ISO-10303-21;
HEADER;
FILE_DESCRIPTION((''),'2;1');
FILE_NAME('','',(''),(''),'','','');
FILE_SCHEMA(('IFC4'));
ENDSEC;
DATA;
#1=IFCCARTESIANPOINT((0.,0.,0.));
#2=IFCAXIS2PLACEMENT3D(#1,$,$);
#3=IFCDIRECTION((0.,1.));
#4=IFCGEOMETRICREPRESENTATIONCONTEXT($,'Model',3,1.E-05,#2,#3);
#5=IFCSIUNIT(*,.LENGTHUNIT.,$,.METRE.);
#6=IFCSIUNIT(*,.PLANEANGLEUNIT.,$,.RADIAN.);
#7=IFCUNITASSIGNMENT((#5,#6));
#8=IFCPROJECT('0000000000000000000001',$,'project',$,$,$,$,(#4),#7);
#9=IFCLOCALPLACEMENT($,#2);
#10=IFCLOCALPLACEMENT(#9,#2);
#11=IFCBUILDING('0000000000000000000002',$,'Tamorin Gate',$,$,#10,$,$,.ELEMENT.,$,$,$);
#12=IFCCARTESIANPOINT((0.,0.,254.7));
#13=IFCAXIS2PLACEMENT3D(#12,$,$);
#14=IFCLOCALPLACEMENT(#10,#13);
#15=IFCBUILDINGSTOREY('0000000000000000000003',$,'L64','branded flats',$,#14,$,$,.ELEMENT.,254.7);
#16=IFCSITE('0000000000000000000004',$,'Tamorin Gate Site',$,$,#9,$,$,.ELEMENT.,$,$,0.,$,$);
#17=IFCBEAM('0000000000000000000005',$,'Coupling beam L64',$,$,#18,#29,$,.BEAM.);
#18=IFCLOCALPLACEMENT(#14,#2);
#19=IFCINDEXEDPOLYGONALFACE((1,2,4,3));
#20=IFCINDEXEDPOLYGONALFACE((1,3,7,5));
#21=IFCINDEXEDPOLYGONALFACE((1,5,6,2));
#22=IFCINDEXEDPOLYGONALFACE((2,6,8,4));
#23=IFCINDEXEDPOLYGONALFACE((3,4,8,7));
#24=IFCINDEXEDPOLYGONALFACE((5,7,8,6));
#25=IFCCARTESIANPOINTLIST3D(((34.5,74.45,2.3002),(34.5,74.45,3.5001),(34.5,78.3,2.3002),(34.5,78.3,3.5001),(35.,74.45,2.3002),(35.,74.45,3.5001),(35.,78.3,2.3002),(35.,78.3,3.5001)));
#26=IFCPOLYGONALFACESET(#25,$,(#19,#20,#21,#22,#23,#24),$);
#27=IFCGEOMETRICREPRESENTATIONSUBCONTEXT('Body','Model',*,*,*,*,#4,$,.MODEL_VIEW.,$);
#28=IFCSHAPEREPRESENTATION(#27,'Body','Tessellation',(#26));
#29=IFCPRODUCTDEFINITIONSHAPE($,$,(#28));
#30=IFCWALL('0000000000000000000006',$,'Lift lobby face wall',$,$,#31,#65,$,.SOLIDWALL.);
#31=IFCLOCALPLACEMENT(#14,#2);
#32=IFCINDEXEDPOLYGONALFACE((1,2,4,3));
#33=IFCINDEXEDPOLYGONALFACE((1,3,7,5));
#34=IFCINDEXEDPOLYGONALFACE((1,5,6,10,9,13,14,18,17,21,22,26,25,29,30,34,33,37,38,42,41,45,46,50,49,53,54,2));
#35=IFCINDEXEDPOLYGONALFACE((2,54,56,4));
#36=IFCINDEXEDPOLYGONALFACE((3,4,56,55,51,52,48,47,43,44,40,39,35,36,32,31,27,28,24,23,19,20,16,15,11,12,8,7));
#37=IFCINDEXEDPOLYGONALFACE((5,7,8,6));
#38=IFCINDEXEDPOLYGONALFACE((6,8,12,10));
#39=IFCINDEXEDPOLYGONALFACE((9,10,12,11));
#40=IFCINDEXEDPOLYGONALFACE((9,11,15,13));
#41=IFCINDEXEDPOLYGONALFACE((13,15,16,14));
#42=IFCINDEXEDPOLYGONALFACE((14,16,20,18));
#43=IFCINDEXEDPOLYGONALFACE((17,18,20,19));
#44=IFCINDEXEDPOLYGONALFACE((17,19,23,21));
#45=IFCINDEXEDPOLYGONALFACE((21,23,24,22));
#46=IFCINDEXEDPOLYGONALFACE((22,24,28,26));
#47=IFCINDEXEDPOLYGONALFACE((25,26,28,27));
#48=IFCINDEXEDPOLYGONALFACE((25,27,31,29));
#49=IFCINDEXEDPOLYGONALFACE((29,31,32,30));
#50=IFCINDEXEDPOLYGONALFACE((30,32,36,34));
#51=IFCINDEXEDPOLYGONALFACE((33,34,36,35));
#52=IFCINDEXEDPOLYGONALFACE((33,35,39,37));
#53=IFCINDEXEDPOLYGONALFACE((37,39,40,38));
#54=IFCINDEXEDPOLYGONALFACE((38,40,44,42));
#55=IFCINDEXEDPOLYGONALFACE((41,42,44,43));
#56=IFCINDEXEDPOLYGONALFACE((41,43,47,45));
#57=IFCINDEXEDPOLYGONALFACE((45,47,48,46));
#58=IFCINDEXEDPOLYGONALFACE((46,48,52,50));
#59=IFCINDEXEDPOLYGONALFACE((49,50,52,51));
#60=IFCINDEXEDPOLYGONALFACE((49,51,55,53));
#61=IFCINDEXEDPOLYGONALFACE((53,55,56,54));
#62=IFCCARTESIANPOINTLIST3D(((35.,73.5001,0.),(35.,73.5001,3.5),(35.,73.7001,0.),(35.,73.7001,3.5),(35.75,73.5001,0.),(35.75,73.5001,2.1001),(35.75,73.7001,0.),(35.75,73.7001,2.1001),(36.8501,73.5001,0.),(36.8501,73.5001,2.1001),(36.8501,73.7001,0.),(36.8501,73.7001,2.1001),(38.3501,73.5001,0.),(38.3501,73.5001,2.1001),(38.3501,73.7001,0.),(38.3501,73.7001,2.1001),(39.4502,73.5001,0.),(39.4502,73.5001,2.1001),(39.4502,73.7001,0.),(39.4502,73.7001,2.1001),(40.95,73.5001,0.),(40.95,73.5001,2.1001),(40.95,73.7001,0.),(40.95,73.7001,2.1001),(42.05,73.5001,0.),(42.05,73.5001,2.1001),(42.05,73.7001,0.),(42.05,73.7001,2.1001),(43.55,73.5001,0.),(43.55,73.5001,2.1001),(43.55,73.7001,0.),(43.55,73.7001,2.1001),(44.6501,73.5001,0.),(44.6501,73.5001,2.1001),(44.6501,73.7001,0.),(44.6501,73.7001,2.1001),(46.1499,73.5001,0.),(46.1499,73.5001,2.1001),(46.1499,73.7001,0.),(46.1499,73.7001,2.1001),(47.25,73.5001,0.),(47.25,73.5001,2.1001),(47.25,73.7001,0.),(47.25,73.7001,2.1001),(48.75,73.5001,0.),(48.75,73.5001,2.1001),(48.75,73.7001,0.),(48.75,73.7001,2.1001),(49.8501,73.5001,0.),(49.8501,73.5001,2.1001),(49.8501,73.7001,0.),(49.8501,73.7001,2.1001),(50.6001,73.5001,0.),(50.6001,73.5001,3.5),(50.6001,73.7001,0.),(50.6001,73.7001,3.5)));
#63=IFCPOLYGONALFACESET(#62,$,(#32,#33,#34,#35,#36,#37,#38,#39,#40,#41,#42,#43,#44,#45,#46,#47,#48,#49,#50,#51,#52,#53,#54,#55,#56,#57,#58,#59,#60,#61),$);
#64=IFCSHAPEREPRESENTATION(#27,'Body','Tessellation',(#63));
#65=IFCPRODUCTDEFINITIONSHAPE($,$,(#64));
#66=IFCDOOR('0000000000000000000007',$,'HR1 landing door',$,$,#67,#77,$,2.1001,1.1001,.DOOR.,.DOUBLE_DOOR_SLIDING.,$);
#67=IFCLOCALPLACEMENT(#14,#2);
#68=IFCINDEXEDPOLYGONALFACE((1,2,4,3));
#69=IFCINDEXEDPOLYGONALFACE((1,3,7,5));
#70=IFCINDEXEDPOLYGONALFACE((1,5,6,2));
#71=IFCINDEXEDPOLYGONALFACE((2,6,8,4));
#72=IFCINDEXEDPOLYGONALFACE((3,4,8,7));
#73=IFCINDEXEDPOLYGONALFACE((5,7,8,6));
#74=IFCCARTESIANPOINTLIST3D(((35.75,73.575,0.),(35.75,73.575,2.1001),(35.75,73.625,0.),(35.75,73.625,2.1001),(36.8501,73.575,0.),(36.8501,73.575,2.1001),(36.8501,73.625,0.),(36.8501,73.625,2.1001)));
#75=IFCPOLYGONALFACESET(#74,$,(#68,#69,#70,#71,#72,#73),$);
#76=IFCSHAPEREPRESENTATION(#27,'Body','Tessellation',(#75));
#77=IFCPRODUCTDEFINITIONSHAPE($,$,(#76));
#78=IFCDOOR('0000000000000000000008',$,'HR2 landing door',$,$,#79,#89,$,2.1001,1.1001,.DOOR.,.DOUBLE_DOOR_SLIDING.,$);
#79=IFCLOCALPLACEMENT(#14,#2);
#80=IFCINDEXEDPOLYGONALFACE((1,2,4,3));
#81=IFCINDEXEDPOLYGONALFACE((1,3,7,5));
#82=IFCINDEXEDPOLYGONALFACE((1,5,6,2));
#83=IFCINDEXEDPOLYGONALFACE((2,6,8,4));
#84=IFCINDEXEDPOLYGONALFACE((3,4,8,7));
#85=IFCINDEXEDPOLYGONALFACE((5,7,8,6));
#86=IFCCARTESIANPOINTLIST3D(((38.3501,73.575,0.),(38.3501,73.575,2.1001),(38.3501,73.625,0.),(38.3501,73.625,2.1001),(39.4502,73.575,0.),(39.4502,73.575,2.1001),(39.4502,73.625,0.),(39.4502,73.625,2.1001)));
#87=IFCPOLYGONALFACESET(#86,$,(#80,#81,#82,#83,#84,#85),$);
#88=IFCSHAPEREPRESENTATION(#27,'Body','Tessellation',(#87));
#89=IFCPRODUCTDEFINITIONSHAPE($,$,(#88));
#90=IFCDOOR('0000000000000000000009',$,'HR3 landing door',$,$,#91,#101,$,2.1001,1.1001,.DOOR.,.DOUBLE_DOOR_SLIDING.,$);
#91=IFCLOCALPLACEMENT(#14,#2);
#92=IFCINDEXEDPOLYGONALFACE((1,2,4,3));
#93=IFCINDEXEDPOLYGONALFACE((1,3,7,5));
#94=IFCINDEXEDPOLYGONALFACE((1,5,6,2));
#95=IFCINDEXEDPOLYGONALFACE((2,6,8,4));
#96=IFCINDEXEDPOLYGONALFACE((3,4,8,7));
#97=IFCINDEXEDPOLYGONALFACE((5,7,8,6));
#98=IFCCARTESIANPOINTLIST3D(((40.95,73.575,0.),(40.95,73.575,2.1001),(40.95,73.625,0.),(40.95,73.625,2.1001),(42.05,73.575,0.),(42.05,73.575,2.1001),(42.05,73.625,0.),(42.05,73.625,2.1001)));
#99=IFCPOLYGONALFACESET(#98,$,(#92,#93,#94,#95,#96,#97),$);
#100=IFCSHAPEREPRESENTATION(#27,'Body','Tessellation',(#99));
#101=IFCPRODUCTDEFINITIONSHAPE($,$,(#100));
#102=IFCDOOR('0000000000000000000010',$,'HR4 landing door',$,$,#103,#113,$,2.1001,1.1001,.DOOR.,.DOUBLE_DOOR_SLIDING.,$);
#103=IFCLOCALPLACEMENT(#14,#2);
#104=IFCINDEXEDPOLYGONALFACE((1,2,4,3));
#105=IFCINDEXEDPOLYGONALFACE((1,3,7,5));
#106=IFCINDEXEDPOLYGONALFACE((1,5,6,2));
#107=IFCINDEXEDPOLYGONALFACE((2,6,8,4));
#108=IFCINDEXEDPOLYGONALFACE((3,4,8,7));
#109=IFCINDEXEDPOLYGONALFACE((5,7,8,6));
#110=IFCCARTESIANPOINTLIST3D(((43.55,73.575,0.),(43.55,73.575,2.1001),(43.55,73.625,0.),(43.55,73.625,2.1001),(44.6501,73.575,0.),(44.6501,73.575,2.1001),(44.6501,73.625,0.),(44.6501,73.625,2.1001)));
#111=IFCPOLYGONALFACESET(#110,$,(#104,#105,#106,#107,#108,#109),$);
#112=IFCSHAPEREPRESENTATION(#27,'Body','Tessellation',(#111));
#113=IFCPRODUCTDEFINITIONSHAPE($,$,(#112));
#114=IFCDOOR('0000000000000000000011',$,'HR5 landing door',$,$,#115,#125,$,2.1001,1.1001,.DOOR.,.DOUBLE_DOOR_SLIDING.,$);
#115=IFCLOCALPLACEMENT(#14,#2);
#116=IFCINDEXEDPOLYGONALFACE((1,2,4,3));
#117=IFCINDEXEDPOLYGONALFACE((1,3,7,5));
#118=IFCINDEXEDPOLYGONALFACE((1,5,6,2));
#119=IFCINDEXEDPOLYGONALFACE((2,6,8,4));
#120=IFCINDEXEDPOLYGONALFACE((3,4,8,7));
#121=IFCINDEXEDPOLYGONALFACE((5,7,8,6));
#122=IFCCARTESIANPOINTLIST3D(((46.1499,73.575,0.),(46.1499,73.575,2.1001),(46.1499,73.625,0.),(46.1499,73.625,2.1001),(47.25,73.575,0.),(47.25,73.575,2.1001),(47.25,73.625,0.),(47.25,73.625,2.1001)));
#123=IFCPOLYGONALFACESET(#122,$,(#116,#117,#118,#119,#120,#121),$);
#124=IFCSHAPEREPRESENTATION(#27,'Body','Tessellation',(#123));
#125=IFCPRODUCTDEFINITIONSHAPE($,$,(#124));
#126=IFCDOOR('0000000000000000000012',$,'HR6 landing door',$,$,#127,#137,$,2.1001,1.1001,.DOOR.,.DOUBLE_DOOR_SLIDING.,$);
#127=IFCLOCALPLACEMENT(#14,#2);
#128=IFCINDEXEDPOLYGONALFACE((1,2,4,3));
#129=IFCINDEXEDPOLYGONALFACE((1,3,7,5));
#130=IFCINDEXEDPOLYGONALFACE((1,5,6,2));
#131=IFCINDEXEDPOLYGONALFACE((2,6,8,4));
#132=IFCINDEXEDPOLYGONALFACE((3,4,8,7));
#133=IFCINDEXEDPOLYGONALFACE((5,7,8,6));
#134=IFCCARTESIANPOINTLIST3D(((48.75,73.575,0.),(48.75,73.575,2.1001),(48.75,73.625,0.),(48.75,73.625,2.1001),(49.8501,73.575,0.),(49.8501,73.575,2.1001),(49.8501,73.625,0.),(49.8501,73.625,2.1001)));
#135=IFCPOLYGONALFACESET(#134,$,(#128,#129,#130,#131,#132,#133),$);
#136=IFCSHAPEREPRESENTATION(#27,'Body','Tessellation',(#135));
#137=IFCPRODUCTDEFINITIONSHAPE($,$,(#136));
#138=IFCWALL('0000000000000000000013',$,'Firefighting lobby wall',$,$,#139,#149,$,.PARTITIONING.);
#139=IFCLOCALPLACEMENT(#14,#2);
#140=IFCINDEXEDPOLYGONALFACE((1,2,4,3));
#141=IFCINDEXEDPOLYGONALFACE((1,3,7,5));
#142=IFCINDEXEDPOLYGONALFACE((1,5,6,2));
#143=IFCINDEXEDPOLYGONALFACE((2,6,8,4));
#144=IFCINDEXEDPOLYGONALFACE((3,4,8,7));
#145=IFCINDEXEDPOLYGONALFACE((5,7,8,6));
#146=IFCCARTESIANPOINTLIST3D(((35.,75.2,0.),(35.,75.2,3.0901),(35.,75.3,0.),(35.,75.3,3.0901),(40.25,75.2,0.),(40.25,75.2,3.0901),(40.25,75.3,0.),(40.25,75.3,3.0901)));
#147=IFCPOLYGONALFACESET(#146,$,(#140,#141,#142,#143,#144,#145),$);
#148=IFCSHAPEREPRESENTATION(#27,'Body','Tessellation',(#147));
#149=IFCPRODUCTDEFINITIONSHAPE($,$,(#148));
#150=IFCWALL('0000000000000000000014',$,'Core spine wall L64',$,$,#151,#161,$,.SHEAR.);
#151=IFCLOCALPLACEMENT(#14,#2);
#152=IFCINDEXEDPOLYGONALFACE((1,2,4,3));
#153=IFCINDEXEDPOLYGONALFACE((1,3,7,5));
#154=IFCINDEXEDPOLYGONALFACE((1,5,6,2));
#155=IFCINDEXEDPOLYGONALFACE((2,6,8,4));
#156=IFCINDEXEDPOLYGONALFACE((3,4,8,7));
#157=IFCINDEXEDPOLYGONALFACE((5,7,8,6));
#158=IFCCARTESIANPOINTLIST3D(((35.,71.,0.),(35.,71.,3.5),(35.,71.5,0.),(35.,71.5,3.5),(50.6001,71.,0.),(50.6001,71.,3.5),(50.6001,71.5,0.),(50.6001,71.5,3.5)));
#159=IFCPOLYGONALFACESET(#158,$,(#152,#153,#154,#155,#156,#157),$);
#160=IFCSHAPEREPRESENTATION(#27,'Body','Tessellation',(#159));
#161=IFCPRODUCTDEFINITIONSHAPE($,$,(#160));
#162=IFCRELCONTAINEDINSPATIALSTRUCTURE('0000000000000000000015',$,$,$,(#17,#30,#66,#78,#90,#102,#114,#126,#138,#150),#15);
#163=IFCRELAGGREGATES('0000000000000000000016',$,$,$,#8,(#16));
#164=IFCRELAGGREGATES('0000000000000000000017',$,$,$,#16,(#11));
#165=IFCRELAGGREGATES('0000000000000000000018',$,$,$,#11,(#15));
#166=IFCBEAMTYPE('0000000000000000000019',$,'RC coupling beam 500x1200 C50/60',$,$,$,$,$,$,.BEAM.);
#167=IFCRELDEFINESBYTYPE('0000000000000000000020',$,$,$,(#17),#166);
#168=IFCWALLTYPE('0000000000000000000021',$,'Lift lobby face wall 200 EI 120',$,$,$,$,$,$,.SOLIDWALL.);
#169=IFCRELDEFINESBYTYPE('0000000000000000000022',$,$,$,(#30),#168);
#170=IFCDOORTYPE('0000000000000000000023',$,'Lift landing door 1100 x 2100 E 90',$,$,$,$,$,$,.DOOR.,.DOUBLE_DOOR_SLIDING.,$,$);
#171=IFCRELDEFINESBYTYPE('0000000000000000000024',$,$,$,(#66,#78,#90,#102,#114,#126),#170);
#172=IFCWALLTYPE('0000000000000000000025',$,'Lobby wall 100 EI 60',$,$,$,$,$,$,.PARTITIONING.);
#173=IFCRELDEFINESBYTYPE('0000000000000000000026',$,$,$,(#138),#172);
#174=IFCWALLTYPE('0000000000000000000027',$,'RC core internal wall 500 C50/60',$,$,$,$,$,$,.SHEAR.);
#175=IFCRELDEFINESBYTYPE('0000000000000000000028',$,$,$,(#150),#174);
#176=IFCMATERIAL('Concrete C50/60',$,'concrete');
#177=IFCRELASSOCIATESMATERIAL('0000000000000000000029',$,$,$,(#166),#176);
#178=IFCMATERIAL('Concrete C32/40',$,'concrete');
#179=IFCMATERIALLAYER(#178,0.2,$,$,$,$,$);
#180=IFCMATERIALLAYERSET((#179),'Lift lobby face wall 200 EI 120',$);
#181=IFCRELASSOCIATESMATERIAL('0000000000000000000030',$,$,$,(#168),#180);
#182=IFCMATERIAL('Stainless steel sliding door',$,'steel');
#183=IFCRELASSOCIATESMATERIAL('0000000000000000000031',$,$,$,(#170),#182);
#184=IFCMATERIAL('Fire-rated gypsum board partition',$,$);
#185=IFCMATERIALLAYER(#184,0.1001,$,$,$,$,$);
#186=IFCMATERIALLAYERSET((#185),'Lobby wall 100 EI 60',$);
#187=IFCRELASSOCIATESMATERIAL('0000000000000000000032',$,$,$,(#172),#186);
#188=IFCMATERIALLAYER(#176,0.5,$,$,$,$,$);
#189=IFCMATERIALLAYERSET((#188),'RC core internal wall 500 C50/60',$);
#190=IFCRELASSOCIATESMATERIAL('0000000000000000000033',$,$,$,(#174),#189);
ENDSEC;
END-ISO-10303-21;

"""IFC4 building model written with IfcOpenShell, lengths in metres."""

from ifc_helpers import new_model, si_unit, direction, frame, frame_2d, origin, origin_2d, place, context, subcontext, project, spatial, rectangle, extrude, material, layer, layer_set, material_profile, profile_set, type_object, element, fill, save


model = new_model("IFC4")

# Units and contexts
model_context = context("Model", 3, precision=1e-05, world=origin(), true_north=direction((0.0, 1.0)))
body_context = subcontext(model_context, "Body", "Model", "MODEL_VIEW")
ifc_project = project(units=[si_unit("LENGTHUNIT", "METRE"), si_unit("PLANEANGLEUNIT", "RADIAN")], contexts=[model_context])

# Site, building, storey
site_placement = place(None, origin())
site = spatial("IfcSite", under=ifc_project, at=site_placement, Name="Tamorin Gate Site", CompositionType="ELEMENT", RefElevation=0.0)
building_placement = place(site_placement, origin())
building = spatial("IfcBuilding", under=site, at=building_placement, Name="Tamorin Gate", CompositionType="ELEMENT")
storey_placement = place(building_placement, frame((0.0, 0.0, 254.7)))
storey = spatial("IfcBuildingStorey", under=building, at=storey_placement, Name="L64", Description="branded flats", CompositionType="ELEMENT", Elevation=254.7)

# Beam
ifc_material_1 = material(Name="Concrete C50/60", Category="concrete")
ifc_material_profile = material_profile(ifc_material_1, rectangle(XDim=0.5, YDim=1.2, at=origin_2d()), Name="RC 500x1200")
ifc_profile_set = profile_set([ifc_material_profile], Name="Concrete C50/60")
beam_type = type_object("IfcBeamType", Name="RC coupling beam 500x1200 C50/60", PredefinedType="BEAM", material=ifc_profile_set)
beam_placement = place(storey_placement, frame((34.75, 74.45, 2.9001), z_axis=(0.0, 1.0, 0.0), x_axis=(-1.0, 0.0, 0.0)))
element("IfcBeam", 1, at=beam_placement, inside=storey, type_object=beam_type, Name="Coupling beam L64", PredefinedType="BEAM", context=body_context, shape_type="SweptSolid", body=[
    extrude(rectangle(XDim=0.5, YDim=1.2, at=origin_2d()), origin(), (0.0, 0.0, 1.0), 3.8501),
])

# Wall, openings, doors
ifc_material_2 = material(Name="Concrete C32/40", Category="concrete")
ifc_layer_1 = layer(ifc_material_2, 0.2)
ifc_layer_set_1 = layer_set([ifc_layer_1], Name="Lift lobby face wall 200 EI 120")
wall_type_1 = type_object("IfcWallType", Name="Lift lobby face wall 200 EI 120", PredefinedType="SOLIDWALL", material=ifc_layer_set_1)
wall_1_placement = place(storey_placement, frame((35.0, 73.6001, 0.0), z_axis=(0.0, 0.0, 1.0), x_axis=(1.0, 0.0, 0.0)))
wall_1 = element("IfcWall", 2, at=wall_1_placement, inside=storey, type_object=wall_type_1, Name="Lift lobby face wall", PredefinedType="SOLIDWALL", context=body_context, shape_type="SweptSolid", body=[
    extrude(rectangle(XDim=15.6001, YDim=0.2, at=frame_2d((7.8, 0.0))), origin(), (0.0, 0.0, 1.0), 3.5),
])
opening_1_placement = place(wall_1_placement, frame((0.75, 0.0, 0.0)))
opening_1 = element("IfcOpeningElement", 3, at=opening_1_placement, cuts=wall_1, PredefinedType="OPENING", context=body_context, shape_type="SweptSolid", body=[
    extrude(rectangle(XDim=1.1001, YDim=2.1001, at=frame_2d((0.55, 1.05))), frame((0.0, 0.1099, 0.0), z_axis=(0.0, -1.0, 0.0), x_axis=(1.0, 0.0, 0.0)), (0.0, 0.0, 1.0), 0.22),
])
opening_2_placement = place(wall_1_placement, frame((3.3501, 0.0, 0.0)))
opening_2 = element("IfcOpeningElement", 4, at=opening_2_placement, cuts=wall_1, PredefinedType="OPENING", context=body_context, shape_type="SweptSolid", body=[
    extrude(rectangle(XDim=1.1001, YDim=2.1001, at=frame_2d((0.55, 1.05))), frame((0.0, 0.1099, 0.0), z_axis=(0.0, -1.0, 0.0), x_axis=(1.0, 0.0, 0.0)), (0.0, 0.0, 1.0), 0.22),
])
opening_3_placement = place(wall_1_placement, frame((5.95, 0.0, 0.0)))
opening_3 = element("IfcOpeningElement", 5, at=opening_3_placement, cuts=wall_1, PredefinedType="OPENING", context=body_context, shape_type="SweptSolid", body=[
    extrude(rectangle(XDim=1.1001, YDim=2.1001, at=frame_2d((0.55, 1.05))), frame((0.0, 0.1099, 0.0), z_axis=(0.0, -1.0, 0.0), x_axis=(1.0, 0.0, 0.0)), (0.0, 0.0, 1.0), 0.22),
])
opening_4_placement = place(wall_1_placement, frame((8.55, 0.0, 0.0)))
opening_4 = element("IfcOpeningElement", 6, at=opening_4_placement, cuts=wall_1, PredefinedType="OPENING", context=body_context, shape_type="SweptSolid", body=[
    extrude(rectangle(XDim=1.1001, YDim=2.1001, at=frame_2d((0.55, 1.05))), frame((0.0, 0.1099, 0.0), z_axis=(0.0, -1.0, 0.0), x_axis=(1.0, 0.0, 0.0)), (0.0, 0.0, 1.0), 0.22),
])
opening_5_placement = place(wall_1_placement, frame((11.1499, 0.0, 0.0)))
opening_5 = element("IfcOpeningElement", 7, at=opening_5_placement, cuts=wall_1, PredefinedType="OPENING", context=body_context, shape_type="SweptSolid", body=[
    extrude(rectangle(XDim=1.1001, YDim=2.1001, at=frame_2d((0.55, 1.05))), frame((0.0, 0.1099, 0.0), z_axis=(0.0, -1.0, 0.0), x_axis=(1.0, 0.0, 0.0)), (0.0, 0.0, 1.0), 0.22),
])
opening_6_placement = place(wall_1_placement, frame((13.75, 0.0, 0.0)))
opening_6 = element("IfcOpeningElement", 8, at=opening_6_placement, cuts=wall_1, PredefinedType="OPENING", context=body_context, shape_type="SweptSolid", body=[
    extrude(rectangle(XDim=1.1001, YDim=2.1001, at=frame_2d((0.55, 1.05))), frame((0.0, 0.1099, 0.0), z_axis=(0.0, -1.0, 0.0), x_axis=(1.0, 0.0, 0.0)), (0.0, 0.0, 1.0), 0.22),
])
ifc_material_3 = material(Name="Stainless steel sliding door", Category="steel")
door_type_1 = type_object("IfcDoorType", Name="Lift landing door 1100 x 2100 E 90", OperationType="DOUBLE_DOOR_SLIDING", PredefinedType="DOOR", material=ifc_material_3)
door_1_placement = place(opening_1_placement, origin())
door_1 = element("IfcDoor", 9, at=door_1_placement, inside=storey, type_object=door_type_1, Name="HR1 landing door", OperationType="DOUBLE_DOOR_SLIDING", OverallHeight=2.1001, OverallWidth=1.1001, PredefinedType="DOOR", context=body_context, shape_type="SweptSolid", body=[
    extrude(rectangle(XDim=1.1001, YDim=2.1001, at=frame_2d((0.55, 1.05))), frame((0.0, 0.0249, 0.0), z_axis=(0.0, -1.0, 0.0), x_axis=(1.0, 0.0, 0.0)), (0.0, 0.0, 1.0), 0.05),
])
fill(opening_1, door_1)
door_2_placement = place(opening_2_placement, origin())
door_2 = element("IfcDoor", 10, at=door_2_placement, inside=storey, type_object=door_type_1, Name="HR2 landing door", OperationType="DOUBLE_DOOR_SLIDING", OverallHeight=2.1001, OverallWidth=1.1001, PredefinedType="DOOR", context=body_context, shape_type="SweptSolid", body=[
    extrude(rectangle(XDim=1.1001, YDim=2.1001, at=frame_2d((0.55, 1.05))), frame((0.0, 0.0249, 0.0), z_axis=(0.0, -1.0, 0.0), x_axis=(1.0, 0.0, 0.0)), (0.0, 0.0, 1.0), 0.05),
])
fill(opening_2, door_2)
door_3_placement = place(opening_3_placement, origin())
door_3 = element("IfcDoor", 11, at=door_3_placement, inside=storey, type_object=door_type_1, Name="HR3 landing door", OperationType="DOUBLE_DOOR_SLIDING", OverallHeight=2.1001, OverallWidth=1.1001, PredefinedType="DOOR", context=body_context, shape_type="SweptSolid", body=[
    extrude(rectangle(XDim=1.1001, YDim=2.1001, at=frame_2d((0.55, 1.05))), frame((0.0, 0.0249, 0.0), z_axis=(0.0, -1.0, 0.0), x_axis=(1.0, 0.0, 0.0)), (0.0, 0.0, 1.0), 0.05),
])
fill(opening_3, door_3)
door_4_placement = place(opening_4_placement, origin())
door_4 = element("IfcDoor", 12, at=door_4_placement, inside=storey, type_object=door_type_1, Name="HR4 landing door", OperationType="DOUBLE_DOOR_SLIDING", OverallHeight=2.1001, OverallWidth=1.1001, PredefinedType="DOOR", context=body_context, shape_type="SweptSolid", body=[
    extrude(rectangle(XDim=1.1001, YDim=2.1001, at=frame_2d((0.55, 1.05))), frame((0.0, 0.0249, 0.0), z_axis=(0.0, -1.0, 0.0), x_axis=(1.0, 0.0, 0.0)), (0.0, 0.0, 1.0), 0.05),
])
fill(opening_4, door_4)
door_5_placement = place(opening_5_placement, origin())
door_5 = element("IfcDoor", 13, at=door_5_placement, inside=storey, type_object=door_type_1, Name="HR5 landing door", OperationType="DOUBLE_DOOR_SLIDING", OverallHeight=2.1001, OverallWidth=1.1001, PredefinedType="DOOR", context=body_context, shape_type="SweptSolid", body=[
    extrude(rectangle(XDim=1.1001, YDim=2.1001, at=frame_2d((0.55, 1.05))), frame((0.0, 0.0249, 0.0), z_axis=(0.0, -1.0, 0.0), x_axis=(1.0, 0.0, 0.0)), (0.0, 0.0, 1.0), 0.05),
])
fill(opening_5, door_5)
door_6_placement = place(opening_6_placement, origin())
door_6 = element("IfcDoor", 14, at=door_6_placement, inside=storey, type_object=door_type_1, Name="HR6 landing door", OperationType="DOUBLE_DOOR_SLIDING", OverallHeight=2.1001, OverallWidth=1.1001, PredefinedType="DOOR", context=body_context, shape_type="SweptSolid", body=[
    extrude(rectangle(XDim=1.1001, YDim=2.1001, at=frame_2d((0.55, 1.05))), frame((0.0, 0.0249, 0.0), z_axis=(0.0, -1.0, 0.0), x_axis=(1.0, 0.0, 0.0)), (0.0, 0.0, 1.0), 0.05),
])
fill(opening_6, door_6)

# Walls
ifc_material_4 = material(Name="Fire-rated gypsum board partition")
ifc_layer_2 = layer(ifc_material_4, 0.1001)
ifc_layer_set_2 = layer_set([ifc_layer_2], Name="Lobby wall 100 EI 60")
wall_type_2 = type_object("IfcWallType", Name="Lobby wall 100 EI 60", PredefinedType="PARTITIONING", material=ifc_layer_set_2)
wall_2_placement = place(storey_placement, frame((35.0, 75.25, 0.0), z_axis=(0.0, 0.0, 1.0), x_axis=(1.0, 0.0, 0.0)))
element("IfcWall", 15, at=wall_2_placement, inside=storey, type_object=wall_type_2, Name="Firefighting lobby wall", PredefinedType="PARTITIONING", context=body_context, shape_type="SweptSolid", body=[
    extrude(rectangle(XDim=5.25, YDim=0.1001, at=frame_2d((2.625, 0.0))), origin(), (0.0, 0.0, 1.0), 3.0901),
])
ifc_layer_3 = layer(ifc_material_1, 0.5)
ifc_layer_set_3 = layer_set([ifc_layer_3], Name="RC core internal wall 500 C50/60")
wall_type_3 = type_object("IfcWallType", Name="RC core internal wall 500 C50/60", PredefinedType="SHEAR", material=ifc_layer_set_3)
wall_3_placement = place(storey_placement, frame((35.0, 71.25, 0.0), z_axis=(0.0, 0.0, 1.0), x_axis=(1.0, 0.0, 0.0)))
element("IfcWall", 16, at=wall_3_placement, inside=storey, type_object=wall_type_3, Name="Core spine wall L64", PredefinedType="SHEAR", context=body_context, shape_type="SweptSolid", body=[
    extrude(rectangle(XDim=15.6001, YDim=0.5, at=frame_2d((7.8, 0.0))), origin(), (0.0, 0.0, 1.0), 3.5),
])

save(model, "model.ifc")
